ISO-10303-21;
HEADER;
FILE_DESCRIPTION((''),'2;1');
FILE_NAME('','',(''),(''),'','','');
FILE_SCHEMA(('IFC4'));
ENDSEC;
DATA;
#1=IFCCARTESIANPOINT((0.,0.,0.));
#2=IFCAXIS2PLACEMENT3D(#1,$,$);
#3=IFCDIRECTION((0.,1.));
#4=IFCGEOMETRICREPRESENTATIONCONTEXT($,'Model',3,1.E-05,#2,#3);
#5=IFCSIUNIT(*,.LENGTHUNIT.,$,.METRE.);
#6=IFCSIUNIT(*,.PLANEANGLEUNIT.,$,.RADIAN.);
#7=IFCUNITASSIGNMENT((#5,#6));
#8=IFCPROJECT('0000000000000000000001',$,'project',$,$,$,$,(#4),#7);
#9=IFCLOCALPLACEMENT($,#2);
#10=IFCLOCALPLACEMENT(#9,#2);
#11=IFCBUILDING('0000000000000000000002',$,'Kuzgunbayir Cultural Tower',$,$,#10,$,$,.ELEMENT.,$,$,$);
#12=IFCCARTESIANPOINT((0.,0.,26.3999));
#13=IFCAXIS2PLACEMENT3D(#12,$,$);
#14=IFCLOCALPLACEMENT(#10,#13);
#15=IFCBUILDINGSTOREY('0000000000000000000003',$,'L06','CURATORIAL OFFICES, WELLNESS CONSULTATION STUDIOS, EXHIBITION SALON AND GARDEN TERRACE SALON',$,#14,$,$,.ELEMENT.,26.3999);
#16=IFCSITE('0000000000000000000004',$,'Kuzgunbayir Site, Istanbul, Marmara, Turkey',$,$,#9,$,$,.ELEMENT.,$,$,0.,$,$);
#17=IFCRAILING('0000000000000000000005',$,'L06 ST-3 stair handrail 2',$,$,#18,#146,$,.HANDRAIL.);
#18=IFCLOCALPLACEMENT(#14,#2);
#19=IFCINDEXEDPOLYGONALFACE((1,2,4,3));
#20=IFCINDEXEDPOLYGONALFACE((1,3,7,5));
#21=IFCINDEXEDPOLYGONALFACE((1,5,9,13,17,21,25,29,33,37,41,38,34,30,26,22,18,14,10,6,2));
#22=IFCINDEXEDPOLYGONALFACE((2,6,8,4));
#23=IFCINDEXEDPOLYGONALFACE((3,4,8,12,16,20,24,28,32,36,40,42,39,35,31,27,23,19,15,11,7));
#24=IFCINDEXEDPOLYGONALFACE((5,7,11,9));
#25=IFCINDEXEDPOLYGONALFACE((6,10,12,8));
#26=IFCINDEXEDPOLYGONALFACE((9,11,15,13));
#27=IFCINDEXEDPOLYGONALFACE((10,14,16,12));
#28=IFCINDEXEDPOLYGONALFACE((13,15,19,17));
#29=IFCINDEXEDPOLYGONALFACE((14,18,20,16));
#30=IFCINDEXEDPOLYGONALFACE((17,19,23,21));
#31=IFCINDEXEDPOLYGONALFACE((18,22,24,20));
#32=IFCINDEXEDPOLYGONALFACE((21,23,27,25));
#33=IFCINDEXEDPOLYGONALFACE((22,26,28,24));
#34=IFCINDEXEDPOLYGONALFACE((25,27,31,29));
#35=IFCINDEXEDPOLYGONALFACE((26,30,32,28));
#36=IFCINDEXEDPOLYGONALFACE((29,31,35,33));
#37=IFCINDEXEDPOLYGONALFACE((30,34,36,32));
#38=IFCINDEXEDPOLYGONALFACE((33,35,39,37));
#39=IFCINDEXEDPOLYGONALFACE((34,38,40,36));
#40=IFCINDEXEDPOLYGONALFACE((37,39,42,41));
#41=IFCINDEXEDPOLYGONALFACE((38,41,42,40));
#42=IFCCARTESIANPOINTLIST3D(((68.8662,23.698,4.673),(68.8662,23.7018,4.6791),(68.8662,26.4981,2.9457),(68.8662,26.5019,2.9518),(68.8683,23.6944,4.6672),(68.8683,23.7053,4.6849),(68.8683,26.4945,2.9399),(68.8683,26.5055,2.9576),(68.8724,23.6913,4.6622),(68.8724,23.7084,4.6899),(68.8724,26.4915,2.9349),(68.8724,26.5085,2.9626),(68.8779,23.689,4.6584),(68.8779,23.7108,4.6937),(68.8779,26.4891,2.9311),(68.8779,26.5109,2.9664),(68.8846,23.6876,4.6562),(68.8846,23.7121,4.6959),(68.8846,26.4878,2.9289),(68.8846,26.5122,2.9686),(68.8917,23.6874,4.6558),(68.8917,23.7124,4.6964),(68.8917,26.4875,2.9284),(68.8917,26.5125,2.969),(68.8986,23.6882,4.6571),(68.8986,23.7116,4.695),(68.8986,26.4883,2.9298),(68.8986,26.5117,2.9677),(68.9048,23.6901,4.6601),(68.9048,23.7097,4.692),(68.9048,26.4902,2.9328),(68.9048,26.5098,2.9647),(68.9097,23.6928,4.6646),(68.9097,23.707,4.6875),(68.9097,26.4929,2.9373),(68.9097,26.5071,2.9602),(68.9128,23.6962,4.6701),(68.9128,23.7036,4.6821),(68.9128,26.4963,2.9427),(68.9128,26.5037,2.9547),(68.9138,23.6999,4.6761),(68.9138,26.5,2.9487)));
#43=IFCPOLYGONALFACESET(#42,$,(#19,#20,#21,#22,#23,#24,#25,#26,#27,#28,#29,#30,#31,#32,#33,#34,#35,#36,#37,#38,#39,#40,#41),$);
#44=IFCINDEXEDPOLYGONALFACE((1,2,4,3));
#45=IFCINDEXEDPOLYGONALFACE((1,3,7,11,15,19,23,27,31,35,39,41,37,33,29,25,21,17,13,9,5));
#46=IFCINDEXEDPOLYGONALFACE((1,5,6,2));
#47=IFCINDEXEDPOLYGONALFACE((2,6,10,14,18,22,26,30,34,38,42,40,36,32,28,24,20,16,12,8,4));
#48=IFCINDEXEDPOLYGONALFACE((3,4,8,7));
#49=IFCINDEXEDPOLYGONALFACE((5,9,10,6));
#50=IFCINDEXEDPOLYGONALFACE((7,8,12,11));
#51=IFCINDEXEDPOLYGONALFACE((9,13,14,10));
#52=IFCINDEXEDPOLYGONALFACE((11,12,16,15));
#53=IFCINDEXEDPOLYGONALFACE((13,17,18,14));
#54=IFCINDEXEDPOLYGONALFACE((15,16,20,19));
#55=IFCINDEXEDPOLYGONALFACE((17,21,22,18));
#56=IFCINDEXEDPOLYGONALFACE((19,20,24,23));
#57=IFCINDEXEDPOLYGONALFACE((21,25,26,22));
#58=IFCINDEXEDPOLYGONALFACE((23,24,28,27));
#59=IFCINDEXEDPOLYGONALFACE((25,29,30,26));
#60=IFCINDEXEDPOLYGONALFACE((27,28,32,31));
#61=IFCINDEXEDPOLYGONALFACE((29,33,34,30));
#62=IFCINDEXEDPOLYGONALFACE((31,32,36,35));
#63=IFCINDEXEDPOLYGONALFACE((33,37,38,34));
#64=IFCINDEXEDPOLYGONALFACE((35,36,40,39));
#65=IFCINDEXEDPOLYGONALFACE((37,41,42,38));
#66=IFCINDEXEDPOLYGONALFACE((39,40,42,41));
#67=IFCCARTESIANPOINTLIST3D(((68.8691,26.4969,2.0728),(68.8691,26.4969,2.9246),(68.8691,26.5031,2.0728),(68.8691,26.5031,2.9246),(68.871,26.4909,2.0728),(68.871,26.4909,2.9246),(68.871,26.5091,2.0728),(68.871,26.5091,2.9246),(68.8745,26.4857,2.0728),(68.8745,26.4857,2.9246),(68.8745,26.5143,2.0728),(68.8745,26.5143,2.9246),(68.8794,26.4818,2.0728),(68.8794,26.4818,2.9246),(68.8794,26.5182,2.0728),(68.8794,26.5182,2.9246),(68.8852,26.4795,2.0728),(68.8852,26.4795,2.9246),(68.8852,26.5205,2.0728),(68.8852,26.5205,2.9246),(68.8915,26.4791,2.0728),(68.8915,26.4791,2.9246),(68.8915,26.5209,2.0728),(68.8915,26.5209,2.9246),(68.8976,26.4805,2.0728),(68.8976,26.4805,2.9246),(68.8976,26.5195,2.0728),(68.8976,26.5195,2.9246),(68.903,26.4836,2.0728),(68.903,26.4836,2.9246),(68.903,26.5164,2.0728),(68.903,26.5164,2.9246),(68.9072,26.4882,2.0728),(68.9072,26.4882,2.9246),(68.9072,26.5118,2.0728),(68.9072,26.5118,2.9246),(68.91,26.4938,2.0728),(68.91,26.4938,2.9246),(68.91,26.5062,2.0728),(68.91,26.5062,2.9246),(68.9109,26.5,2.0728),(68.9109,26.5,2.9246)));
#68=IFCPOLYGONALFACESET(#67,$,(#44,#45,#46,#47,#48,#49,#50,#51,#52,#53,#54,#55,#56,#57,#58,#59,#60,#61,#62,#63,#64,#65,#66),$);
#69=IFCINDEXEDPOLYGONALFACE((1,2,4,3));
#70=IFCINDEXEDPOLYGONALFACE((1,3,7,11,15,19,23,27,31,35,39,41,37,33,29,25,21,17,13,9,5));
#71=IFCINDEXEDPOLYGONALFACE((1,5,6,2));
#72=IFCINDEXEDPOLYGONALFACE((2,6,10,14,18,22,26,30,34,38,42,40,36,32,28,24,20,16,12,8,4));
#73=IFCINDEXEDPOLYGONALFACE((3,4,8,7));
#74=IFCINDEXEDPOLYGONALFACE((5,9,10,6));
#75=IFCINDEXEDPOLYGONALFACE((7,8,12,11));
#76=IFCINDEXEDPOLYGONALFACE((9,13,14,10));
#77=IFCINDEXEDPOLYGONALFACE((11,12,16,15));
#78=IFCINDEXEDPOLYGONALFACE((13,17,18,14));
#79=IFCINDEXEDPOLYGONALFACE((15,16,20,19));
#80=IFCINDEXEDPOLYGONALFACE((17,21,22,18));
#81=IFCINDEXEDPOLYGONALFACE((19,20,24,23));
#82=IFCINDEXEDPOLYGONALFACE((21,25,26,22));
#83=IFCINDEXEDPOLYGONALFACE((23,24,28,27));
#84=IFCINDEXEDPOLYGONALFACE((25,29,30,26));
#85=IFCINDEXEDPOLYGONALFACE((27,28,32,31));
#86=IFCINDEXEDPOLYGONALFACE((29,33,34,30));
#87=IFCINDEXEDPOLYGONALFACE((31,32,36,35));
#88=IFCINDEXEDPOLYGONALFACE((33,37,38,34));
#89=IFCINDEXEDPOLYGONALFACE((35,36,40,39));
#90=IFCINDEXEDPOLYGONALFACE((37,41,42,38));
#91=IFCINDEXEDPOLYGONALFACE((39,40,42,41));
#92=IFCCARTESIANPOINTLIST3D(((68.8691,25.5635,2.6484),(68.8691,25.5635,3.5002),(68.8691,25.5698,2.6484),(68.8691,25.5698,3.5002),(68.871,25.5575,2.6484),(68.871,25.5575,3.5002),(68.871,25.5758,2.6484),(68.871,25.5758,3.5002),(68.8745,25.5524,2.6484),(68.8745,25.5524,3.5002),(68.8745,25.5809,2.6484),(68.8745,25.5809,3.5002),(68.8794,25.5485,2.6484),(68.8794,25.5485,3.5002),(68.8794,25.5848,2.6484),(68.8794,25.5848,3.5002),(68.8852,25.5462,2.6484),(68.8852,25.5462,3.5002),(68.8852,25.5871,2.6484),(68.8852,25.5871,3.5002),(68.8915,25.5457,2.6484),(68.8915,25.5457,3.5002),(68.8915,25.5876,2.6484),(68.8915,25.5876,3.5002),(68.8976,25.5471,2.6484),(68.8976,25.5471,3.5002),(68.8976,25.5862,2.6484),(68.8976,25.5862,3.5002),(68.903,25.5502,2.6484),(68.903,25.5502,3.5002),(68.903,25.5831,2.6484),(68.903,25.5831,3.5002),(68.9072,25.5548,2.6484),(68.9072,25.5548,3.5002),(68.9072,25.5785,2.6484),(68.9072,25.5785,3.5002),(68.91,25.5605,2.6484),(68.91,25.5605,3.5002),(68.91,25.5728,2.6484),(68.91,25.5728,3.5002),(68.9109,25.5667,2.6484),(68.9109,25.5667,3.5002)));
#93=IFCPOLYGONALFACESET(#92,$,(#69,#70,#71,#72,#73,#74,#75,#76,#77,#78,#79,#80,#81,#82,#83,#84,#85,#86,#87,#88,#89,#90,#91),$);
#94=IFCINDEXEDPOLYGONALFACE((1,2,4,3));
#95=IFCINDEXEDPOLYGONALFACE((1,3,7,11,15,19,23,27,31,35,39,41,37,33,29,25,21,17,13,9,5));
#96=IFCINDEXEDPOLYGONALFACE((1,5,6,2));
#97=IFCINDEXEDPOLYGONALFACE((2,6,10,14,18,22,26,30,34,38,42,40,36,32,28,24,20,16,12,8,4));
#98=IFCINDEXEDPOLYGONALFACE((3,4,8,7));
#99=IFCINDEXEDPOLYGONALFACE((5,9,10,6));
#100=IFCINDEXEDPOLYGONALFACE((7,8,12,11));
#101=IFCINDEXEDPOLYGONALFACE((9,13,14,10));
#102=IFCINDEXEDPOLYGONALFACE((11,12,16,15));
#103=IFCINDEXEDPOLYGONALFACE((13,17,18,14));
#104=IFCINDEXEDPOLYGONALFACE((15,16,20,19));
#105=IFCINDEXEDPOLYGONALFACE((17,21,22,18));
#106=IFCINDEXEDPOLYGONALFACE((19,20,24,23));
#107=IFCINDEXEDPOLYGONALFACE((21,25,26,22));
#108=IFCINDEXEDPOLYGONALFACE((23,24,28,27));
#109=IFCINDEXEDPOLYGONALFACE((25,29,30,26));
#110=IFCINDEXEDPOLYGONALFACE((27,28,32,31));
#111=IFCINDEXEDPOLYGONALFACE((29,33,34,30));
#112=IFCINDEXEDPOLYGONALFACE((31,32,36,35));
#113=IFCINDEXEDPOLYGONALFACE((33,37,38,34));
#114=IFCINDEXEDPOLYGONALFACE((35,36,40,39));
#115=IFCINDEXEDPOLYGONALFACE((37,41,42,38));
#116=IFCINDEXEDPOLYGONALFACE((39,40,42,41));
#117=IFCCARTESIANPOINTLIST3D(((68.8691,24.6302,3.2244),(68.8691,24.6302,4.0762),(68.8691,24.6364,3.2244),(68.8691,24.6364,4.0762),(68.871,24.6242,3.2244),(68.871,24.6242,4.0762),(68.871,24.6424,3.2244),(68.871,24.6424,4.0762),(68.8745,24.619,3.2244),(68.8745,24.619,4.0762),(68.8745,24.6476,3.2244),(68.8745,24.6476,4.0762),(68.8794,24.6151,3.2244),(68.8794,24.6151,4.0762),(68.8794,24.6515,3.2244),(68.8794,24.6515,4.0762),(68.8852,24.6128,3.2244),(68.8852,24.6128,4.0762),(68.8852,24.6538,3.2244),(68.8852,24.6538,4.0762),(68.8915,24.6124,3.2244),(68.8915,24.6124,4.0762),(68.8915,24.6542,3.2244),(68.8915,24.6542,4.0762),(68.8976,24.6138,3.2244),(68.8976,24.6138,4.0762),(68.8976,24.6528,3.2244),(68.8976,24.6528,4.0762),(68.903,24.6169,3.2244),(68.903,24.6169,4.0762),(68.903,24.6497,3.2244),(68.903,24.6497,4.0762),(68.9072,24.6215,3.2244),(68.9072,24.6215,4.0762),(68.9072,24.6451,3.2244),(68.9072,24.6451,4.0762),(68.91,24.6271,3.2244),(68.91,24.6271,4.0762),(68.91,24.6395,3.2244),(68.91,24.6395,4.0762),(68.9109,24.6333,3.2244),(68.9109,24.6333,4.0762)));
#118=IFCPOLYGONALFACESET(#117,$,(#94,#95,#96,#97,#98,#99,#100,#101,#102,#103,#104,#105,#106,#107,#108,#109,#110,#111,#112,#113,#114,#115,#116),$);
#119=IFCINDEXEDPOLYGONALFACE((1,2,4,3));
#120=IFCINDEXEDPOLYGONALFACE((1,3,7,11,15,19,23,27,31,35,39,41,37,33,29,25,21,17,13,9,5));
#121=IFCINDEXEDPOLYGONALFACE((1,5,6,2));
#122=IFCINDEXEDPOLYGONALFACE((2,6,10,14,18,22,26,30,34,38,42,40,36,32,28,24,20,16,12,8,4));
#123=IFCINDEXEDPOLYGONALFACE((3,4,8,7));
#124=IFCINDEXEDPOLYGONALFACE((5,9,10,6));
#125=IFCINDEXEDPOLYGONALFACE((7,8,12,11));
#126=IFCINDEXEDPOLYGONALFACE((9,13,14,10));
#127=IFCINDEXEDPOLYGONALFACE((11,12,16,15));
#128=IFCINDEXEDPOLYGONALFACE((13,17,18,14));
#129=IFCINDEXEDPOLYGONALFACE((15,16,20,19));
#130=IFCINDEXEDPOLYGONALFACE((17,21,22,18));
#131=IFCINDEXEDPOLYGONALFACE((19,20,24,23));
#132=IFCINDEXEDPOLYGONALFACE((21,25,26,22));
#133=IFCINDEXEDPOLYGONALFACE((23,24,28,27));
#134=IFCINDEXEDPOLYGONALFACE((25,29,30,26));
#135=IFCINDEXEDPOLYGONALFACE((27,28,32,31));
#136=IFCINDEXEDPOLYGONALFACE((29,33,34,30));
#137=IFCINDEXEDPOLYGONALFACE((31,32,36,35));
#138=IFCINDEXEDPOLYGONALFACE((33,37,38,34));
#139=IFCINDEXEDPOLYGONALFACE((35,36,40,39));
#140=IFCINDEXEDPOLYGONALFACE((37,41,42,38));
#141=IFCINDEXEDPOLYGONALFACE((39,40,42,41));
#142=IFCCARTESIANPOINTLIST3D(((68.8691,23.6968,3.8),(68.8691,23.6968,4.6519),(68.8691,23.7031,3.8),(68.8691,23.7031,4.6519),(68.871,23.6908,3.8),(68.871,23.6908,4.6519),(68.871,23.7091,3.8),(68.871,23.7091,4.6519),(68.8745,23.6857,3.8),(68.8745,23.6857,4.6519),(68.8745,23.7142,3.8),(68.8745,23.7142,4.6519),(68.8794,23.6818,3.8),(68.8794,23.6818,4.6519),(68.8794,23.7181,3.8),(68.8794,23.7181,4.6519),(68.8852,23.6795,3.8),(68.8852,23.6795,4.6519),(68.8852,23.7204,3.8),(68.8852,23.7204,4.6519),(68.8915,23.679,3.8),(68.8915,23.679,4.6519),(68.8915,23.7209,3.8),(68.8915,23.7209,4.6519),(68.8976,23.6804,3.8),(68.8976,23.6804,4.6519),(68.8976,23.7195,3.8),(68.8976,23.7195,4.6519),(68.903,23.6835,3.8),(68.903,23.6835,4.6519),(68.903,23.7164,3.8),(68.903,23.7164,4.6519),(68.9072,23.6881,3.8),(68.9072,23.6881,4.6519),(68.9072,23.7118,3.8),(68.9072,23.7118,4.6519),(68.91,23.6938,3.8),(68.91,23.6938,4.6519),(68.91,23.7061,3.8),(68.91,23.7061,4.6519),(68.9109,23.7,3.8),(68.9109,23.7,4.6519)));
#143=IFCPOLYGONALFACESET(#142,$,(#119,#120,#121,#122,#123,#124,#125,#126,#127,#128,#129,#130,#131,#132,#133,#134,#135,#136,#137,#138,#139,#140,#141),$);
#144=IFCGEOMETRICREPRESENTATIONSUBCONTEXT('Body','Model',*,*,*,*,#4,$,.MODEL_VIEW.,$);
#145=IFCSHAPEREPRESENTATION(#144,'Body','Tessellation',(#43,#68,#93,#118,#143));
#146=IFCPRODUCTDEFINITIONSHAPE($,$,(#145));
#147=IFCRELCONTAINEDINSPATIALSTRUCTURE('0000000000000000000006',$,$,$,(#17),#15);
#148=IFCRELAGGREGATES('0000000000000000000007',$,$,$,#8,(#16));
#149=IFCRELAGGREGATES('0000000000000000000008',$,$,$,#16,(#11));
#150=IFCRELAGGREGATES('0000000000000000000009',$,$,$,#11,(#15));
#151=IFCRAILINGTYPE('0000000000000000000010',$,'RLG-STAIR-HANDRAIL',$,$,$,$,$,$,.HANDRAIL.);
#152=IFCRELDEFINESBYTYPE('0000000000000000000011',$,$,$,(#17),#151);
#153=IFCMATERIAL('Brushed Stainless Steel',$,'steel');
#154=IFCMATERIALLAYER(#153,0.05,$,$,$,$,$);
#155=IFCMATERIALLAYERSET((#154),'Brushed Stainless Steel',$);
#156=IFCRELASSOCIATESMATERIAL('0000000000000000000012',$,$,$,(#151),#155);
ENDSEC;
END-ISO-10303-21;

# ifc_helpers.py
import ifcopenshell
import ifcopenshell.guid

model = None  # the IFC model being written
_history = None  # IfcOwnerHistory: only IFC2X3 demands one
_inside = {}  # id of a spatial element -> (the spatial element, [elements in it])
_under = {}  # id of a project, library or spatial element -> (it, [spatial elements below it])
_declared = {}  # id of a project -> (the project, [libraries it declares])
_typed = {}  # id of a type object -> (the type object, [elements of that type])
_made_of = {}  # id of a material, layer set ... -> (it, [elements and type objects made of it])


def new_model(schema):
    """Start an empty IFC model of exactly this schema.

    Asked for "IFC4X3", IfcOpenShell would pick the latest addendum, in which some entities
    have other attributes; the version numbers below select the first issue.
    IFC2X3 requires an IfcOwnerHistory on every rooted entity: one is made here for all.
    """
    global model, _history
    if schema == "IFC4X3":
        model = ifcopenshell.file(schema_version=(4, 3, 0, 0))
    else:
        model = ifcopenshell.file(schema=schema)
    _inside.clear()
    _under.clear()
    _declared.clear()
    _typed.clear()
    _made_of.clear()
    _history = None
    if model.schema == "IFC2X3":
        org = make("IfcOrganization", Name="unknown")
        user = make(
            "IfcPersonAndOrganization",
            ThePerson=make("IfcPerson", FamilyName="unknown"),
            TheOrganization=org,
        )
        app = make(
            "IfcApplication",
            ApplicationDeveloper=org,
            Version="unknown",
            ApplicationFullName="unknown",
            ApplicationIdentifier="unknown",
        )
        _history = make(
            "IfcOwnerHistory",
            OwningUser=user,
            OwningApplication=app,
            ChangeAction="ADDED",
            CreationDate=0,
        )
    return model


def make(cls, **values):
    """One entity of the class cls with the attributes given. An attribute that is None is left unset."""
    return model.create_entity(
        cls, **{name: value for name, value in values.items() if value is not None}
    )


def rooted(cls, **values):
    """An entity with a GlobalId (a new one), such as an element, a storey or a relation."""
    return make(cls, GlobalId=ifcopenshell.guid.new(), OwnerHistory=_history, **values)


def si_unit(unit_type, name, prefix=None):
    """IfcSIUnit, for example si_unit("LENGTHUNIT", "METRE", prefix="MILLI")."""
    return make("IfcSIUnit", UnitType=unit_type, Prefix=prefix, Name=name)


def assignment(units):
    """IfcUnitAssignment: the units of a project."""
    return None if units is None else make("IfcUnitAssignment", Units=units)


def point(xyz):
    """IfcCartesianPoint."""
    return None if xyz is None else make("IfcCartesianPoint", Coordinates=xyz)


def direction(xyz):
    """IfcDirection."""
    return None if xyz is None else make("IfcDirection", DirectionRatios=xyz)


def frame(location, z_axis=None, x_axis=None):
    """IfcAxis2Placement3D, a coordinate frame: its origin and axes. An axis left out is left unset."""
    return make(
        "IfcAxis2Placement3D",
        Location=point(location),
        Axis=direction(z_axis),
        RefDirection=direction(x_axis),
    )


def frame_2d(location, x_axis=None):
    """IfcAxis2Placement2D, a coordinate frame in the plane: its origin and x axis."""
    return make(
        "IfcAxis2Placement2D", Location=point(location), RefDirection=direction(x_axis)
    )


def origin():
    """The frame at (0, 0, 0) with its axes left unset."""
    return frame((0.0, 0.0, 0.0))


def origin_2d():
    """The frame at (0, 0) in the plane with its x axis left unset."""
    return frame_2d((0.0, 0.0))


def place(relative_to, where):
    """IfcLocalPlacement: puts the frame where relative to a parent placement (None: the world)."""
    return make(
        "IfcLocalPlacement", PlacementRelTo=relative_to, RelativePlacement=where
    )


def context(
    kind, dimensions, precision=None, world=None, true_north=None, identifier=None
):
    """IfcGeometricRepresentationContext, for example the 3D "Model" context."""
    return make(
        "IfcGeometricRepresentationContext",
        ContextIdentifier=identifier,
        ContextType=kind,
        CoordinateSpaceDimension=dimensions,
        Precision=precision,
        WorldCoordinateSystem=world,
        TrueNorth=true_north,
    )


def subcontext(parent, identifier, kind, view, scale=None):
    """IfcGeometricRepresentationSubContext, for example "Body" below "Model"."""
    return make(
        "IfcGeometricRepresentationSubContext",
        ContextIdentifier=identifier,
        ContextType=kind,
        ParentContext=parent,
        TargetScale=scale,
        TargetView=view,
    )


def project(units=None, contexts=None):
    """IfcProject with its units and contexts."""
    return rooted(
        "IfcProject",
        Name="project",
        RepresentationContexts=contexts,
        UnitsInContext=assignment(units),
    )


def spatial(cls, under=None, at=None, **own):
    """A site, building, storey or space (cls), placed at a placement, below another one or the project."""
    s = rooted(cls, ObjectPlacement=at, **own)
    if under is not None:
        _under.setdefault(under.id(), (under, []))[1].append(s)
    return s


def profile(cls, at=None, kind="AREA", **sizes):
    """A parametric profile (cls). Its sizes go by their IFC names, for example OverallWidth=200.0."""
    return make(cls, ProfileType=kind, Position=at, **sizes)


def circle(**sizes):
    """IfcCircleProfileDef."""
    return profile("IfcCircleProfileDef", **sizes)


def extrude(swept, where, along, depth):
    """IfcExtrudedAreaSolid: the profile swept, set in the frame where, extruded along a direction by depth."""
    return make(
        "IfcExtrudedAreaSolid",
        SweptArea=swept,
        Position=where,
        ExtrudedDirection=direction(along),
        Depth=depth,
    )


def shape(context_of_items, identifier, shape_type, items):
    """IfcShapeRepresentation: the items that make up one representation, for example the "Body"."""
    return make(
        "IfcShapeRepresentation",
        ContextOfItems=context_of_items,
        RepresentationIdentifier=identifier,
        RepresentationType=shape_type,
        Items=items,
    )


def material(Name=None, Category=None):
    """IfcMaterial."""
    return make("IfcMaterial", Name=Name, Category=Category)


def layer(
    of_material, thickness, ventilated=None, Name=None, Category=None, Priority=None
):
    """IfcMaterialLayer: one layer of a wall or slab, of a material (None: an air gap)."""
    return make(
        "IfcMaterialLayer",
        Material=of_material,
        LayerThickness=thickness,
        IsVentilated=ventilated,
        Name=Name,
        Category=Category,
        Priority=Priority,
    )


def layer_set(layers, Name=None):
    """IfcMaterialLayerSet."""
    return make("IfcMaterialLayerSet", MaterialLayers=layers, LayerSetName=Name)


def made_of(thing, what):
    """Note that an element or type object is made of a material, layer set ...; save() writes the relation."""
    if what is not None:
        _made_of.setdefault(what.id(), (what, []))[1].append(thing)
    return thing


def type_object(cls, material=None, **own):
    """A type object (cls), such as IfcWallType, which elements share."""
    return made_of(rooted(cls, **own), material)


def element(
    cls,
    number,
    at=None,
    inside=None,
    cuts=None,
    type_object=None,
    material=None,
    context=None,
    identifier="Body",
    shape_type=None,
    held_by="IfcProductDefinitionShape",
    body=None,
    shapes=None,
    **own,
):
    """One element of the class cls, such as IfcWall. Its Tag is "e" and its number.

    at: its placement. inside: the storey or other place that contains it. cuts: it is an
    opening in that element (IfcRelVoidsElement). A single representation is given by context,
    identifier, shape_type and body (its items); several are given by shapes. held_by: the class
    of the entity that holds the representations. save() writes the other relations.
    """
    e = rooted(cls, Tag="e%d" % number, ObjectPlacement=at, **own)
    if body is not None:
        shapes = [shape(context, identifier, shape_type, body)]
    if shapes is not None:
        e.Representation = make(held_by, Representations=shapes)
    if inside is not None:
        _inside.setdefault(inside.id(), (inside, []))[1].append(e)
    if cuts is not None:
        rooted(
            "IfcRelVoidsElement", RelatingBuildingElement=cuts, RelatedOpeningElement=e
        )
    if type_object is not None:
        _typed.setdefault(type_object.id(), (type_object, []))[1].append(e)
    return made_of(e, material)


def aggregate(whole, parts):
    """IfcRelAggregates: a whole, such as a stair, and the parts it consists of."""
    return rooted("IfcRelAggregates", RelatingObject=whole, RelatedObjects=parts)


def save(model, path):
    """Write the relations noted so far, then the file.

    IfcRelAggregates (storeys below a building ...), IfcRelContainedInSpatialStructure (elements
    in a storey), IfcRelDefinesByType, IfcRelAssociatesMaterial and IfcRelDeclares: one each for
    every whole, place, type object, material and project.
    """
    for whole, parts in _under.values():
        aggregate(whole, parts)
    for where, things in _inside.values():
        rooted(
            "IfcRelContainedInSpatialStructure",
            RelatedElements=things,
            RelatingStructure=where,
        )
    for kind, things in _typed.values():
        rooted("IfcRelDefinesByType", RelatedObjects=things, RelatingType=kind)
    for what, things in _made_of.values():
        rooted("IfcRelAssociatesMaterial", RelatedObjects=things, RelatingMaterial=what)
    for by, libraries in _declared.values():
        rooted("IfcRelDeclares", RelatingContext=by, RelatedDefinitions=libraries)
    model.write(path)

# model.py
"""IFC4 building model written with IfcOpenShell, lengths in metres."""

from ifc_helpers import new_model, si_unit, direction, frame, origin, origin_2d, place, context, subcontext, project, spatial, circle, extrude, material, layer, layer_set, type_object, element, save


model = new_model("IFC4")

# Units and contexts
model_context = context("Model", 3, precision=1e-05, world=origin(), true_north=direction((0.0, 1.0)))
body_context = subcontext(model_context, "Body", "Model", "MODEL_VIEW")
ifc_project = project(units=[si_unit("LENGTHUNIT", "METRE"), si_unit("PLANEANGLEUNIT", "RADIAN")], contexts=[model_context])

# Site, building, storey
site_placement = place(None, origin())
site = spatial("IfcSite", under=ifc_project, at=site_placement, Name="Kuzgunbayir Site, Istanbul, Marmara, Turkey", CompositionType="ELEMENT", RefElevation=0.0)
building_placement = place(site_placement, origin())
building = spatial("IfcBuilding", under=site, at=building_placement, Name="Kuzgunbayir Cultural Tower", CompositionType="ELEMENT")
storey_placement = place(building_placement, frame((0.0, 0.0, 26.3999)))
storey = spatial("IfcBuildingStorey", under=building, at=storey_placement, Name="L06", Description="CURATORIAL OFFICES, WELLNESS CONSULTATION STUDIOS, EXHIBITION SALON AND GARDEN TERRACE SALON", CompositionType="ELEMENT", Elevation=26.3999)

# Railing
ifc_material_1 = material(Name="Brushed Stainless Steel", Category="steel")
ifc_layer_1 = layer(ifc_material_1, 0.05)
ifc_layer_set_1 = layer_set([ifc_layer_1], Name="Brushed Stainless Steel")
railing_type_1 = type_object("IfcRailingType", Name="RLG-STAIR-HANDRAIL", PredefinedType="HANDRAIL", material=ifc_layer_set_1)
railing_1_placement = place(storey_placement, frame((68.8899, 26.5, 2.0728)))
element("IfcRailing", 1, at=railing_1_placement, inside=storey, type_object=railing_type_1, Name="L06 ST-3 stair handrail 2", PredefinedType="HANDRAIL", context=body_context, shape_type="SweptSolid", body=[
    extrude(circle(Radius=0.0239, at=origin_2d()), frame((0.0, 0.0, 0.876), z_axis=(0.0, -0.85109, 0.52502), x_axis=(1.0, 0.0, 0.0)), (0.0, 0.0, 1.0), 3.29),
    extrude(circle(Radius=0.021, at=origin_2d()), origin(), (0.0, 0.0, 1.0), 0.8518),
    extrude(circle(Radius=0.021, at=origin_2d()), frame((0.0, -0.9333, 0.5757)), (0.0, 0.0, 1.0), 0.8518),
    extrude(circle(Radius=0.021, at=origin_2d()), frame((0.0, -1.8667, 1.1516)), (0.0, 0.0, 1.0), 0.8518),
    extrude(circle(Radius=0.021, at=origin_2d()), frame((0.0, -2.8, 1.7273)), (0.0, 0.0, 1.0), 0.8518),
])

save(model, "model.ifc")
